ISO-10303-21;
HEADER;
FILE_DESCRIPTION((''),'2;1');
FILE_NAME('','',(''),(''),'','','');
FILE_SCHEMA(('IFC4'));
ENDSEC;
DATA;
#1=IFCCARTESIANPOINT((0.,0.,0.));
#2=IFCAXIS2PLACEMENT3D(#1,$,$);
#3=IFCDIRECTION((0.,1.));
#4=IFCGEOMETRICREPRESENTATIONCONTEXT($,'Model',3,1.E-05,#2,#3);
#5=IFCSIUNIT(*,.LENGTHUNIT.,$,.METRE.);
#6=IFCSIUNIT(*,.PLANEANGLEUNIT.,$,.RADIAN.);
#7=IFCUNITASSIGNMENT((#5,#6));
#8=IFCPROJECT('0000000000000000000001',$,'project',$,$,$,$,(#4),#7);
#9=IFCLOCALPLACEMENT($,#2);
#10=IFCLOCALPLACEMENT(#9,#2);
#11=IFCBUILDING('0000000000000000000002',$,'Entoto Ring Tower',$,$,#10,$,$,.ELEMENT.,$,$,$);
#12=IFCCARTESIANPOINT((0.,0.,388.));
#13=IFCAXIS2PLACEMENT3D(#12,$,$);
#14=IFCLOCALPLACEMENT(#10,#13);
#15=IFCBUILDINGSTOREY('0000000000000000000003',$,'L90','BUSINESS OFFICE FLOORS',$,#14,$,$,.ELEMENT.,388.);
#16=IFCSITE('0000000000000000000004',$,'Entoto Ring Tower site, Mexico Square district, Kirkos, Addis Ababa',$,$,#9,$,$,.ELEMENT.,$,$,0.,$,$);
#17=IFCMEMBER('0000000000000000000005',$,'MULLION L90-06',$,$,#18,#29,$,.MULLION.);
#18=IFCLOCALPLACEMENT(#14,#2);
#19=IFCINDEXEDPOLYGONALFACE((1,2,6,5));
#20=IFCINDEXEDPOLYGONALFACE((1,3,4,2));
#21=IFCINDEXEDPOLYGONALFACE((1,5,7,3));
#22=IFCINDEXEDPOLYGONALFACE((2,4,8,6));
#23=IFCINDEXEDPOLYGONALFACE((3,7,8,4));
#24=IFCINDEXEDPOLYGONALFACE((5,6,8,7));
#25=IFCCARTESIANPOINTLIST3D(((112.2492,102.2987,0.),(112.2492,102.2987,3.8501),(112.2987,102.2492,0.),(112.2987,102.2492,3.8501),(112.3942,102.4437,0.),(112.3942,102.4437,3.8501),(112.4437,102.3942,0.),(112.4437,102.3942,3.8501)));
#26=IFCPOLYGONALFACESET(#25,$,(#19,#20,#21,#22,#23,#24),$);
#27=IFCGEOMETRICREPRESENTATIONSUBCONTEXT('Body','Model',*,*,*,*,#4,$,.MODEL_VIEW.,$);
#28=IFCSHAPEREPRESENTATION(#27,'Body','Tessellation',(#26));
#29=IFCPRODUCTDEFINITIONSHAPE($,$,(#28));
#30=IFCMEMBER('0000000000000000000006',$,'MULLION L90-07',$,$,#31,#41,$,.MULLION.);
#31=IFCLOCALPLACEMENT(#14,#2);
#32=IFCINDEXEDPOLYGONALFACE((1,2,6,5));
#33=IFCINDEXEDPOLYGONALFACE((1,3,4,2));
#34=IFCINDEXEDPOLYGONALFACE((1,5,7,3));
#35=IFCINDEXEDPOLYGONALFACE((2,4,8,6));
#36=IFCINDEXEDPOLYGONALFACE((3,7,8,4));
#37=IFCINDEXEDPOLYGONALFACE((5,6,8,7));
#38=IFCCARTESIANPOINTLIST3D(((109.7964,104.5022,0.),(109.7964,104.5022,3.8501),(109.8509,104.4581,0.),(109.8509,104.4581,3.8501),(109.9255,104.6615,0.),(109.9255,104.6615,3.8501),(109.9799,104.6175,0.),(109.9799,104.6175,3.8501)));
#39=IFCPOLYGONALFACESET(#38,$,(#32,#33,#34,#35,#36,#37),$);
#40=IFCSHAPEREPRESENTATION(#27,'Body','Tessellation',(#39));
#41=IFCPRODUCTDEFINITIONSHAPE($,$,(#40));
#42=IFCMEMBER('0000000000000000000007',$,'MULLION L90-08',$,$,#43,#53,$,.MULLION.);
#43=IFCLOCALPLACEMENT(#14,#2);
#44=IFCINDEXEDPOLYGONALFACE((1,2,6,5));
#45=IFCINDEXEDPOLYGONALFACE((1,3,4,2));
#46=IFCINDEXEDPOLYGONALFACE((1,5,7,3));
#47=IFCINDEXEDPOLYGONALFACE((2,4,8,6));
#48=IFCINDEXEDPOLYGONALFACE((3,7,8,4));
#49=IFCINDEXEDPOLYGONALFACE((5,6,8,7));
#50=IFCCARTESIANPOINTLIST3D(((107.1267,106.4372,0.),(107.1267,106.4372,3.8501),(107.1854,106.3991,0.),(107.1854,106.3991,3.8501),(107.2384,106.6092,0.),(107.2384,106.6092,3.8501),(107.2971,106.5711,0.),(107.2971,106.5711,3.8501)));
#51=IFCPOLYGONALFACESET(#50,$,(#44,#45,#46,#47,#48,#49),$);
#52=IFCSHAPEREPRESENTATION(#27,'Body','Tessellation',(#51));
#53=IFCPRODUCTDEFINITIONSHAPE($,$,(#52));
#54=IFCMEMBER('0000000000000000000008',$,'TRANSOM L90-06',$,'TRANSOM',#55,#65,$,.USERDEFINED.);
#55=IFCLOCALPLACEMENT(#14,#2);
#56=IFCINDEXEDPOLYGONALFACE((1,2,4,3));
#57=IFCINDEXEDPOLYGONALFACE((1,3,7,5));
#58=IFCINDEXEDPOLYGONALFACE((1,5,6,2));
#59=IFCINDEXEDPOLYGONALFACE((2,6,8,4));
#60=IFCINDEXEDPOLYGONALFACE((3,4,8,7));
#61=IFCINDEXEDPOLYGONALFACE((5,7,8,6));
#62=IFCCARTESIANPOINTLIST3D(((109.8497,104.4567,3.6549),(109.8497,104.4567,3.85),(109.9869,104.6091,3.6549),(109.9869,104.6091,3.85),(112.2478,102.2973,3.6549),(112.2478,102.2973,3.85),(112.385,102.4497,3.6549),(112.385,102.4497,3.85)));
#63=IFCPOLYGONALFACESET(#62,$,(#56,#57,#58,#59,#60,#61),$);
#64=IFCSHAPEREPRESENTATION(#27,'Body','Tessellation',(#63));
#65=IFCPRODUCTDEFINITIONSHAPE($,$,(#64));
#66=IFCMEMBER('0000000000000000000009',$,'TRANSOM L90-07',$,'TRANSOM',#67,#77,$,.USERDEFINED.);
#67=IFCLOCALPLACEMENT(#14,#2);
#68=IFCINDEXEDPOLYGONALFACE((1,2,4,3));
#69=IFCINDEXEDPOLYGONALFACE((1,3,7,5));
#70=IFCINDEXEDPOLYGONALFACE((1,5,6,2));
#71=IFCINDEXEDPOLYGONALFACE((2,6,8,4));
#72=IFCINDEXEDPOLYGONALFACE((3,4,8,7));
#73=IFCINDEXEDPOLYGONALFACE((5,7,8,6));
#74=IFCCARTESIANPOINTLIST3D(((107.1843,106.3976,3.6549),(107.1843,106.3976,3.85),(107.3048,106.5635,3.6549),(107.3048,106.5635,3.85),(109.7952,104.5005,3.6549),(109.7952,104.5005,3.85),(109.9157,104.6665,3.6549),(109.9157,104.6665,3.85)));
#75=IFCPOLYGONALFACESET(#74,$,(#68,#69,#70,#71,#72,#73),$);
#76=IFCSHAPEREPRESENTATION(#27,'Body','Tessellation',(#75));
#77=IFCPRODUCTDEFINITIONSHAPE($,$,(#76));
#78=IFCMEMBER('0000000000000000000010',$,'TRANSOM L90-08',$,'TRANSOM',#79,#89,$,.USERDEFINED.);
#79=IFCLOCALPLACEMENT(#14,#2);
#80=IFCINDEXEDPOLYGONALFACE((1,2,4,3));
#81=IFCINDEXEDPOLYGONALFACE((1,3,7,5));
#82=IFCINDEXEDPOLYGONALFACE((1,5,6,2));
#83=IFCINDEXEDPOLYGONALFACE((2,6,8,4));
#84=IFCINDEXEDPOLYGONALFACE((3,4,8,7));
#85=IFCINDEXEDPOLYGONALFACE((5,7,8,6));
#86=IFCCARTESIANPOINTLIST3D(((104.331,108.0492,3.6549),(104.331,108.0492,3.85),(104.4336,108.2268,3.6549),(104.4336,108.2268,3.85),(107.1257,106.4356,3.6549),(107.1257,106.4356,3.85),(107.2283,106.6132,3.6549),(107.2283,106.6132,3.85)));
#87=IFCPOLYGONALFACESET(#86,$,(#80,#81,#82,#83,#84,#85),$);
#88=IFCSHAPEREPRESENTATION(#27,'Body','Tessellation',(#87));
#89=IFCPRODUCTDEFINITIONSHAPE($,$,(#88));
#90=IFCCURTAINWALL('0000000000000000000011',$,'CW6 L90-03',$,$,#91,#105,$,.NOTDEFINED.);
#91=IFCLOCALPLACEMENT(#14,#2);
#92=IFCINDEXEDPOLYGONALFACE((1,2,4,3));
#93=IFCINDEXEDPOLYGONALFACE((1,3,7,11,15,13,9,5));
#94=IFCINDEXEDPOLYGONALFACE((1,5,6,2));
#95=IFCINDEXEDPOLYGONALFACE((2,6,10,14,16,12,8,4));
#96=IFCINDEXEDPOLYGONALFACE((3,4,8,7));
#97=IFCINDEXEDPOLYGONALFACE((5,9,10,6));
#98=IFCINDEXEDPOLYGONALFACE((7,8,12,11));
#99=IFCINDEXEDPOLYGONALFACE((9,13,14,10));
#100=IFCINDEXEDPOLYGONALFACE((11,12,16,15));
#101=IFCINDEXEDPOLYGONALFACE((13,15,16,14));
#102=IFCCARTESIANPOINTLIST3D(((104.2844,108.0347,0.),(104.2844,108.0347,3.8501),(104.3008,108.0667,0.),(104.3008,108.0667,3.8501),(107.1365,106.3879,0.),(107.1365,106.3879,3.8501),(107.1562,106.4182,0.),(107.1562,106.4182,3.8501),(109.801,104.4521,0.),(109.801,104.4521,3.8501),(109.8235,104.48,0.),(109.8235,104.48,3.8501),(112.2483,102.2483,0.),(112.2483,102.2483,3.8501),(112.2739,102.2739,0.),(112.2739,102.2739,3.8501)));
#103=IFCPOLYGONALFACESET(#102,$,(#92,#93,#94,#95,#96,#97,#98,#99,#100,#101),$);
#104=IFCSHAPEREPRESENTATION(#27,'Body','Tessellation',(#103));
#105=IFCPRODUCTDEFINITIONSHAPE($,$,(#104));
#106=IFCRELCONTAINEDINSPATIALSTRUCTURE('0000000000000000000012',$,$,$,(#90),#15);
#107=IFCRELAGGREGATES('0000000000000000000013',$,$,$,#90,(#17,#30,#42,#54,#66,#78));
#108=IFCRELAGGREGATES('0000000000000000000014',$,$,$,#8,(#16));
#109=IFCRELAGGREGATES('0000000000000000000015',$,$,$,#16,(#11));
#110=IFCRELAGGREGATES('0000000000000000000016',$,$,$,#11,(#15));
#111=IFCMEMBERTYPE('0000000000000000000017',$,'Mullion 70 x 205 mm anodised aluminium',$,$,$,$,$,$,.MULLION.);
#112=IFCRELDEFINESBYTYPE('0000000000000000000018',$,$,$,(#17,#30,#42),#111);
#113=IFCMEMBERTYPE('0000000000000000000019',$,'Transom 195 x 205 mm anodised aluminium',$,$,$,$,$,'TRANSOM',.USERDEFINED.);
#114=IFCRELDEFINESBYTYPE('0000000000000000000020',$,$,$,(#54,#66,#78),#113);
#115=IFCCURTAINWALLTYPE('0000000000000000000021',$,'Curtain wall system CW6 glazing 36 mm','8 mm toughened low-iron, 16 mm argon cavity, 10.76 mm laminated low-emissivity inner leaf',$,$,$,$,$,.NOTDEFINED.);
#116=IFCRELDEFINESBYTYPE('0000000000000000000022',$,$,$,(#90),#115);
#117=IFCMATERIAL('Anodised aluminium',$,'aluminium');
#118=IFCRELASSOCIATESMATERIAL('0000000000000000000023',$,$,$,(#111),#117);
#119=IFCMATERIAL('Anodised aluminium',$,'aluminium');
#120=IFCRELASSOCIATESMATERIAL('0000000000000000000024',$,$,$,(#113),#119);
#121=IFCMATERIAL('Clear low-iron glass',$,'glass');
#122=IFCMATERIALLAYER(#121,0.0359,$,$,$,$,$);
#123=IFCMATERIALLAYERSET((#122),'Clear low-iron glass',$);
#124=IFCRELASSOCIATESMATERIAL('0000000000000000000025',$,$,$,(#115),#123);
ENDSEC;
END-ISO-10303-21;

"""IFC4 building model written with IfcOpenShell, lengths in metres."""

from ifc_helpers import new_model, si_unit, direction, frame, origin, origin_2d, place, context, subcontext, project, spatial, polyline, rectangle, outline, extrude, material, layer, layer_set, material_profile, profile_set, type_object, element, aggregate, save


model = new_model("IFC4")

# Units and contexts
model_context = context("Model", 3, precision=1e-05, world=origin(), true_north=direction((0.0, 1.0)))
body_context = subcontext(model_context, "Body", "Model", "MODEL_VIEW")
ifc_project = project(units=[si_unit("LENGTHUNIT", "METRE"), si_unit("PLANEANGLEUNIT", "RADIAN")], contexts=[model_context])

# Members
ifc_material_1 = material(Name="Anodised aluminium", Category="aluminium")
ifc_material_profile_1 = material_profile(ifc_material_1, rectangle(XDim=0.0701, YDim=0.2051, at=origin_2d()), Name="Mullion 70 x 205 mm anodised aluminium")
ifc_profile_set_1 = profile_set([ifc_material_profile_1], Name="Anodised aluminium")
member_type_1 = type_object("IfcMemberType", Name="Mullion 70 x 205 mm anodised aluminium", PredefinedType="MULLION", material=ifc_profile_set_1)
site_placement = place(None, origin())
building_placement = place(site_placement, origin())
storey_placement = place(building_placement, frame((0.0, 0.0, 388.0)))
member_1_placement = place(storey_placement, frame((112.3464, 102.3464, 0.0), z_axis=(0.0, 0.0, 1.0), x_axis=(-0.707107, 0.707107, 0.0)))
member_1 = element("IfcMember", 1, at=member_1_placement, type_object=member_type_1, Name="MULLION L90-06", PredefinedType="MULLION", context=body_context, shape_type="SweptSolid", body=[
    extrude(rectangle(XDim=0.0701, YDim=0.2051, at=origin_2d()), origin(), (0.0, 0.0, 1.0), 3.8501),
])
member_2_placement = place(storey_placement, frame((109.8882, 104.5598, 0.0), z_axis=(0.0, 0.0, 1.0), x_axis=(-0.777146, 0.62932, 0.0)))
member_2 = element("IfcMember", 2, at=member_2_placement, type_object=member_type_1, Name="MULLION L90-07", PredefinedType="MULLION", context=body_context, shape_type="SweptSolid", body=[
    extrude(rectangle(XDim=0.0701, YDim=0.2051, at=origin_2d()), origin(), (0.0, 0.0, 1.0), 3.8501),
])
member_3_placement = place(storey_placement, frame((107.2119, 106.5042, 0.0), z_axis=(0.0, 0.0, 1.0), x_axis=(-0.838671, 0.544639, 0.0)))
member_3 = element("IfcMember", 3, at=member_3_placement, type_object=member_type_1, Name="MULLION L90-08", PredefinedType="MULLION", context=body_context, shape_type="SweptSolid", body=[
    extrude(rectangle(XDim=0.0701, YDim=0.2051, at=origin_2d()), origin(), (0.0, 0.0, 1.0), 3.8501),
])
ifc_material_2 = material(Name="Anodised aluminium", Category="aluminium")
ifc_material_profile_2 = material_profile(ifc_material_2, rectangle(XDim=0.2051, YDim=0.1951, at=origin_2d()), Name="Transom 195 x 205 mm anodised aluminium")
ifc_profile_set_2 = profile_set([ifc_material_profile_2], Name="Anodised aluminium")
member_type_2 = type_object("IfcMemberType", Name="Transom 195 x 205 mm anodised aluminium", ElementType="TRANSOM", PredefinedType="USERDEFINED", material=ifc_profile_set_2)
member_4_placement = place(storey_placement, frame((112.3164, 102.3735, 3.7524), z_axis=(-0.743132, 0.669144, 0.0), x_axis=(-0.669144, -0.743132, 0.0)))
member_4 = element("IfcMember", 4, at=member_4_placement, type_object=member_type_2, Name="TRANSOM L90-06", ObjectType="TRANSOM", PredefinedType="USERDEFINED", context=body_context, shape_type="SweptSolid", body=[
    extrude(rectangle(XDim=0.2051, YDim=0.1951, at=origin_2d()), origin(), (0.0, 0.0, 1.0), 3.2271),
])
member_5_placement = place(storey_placement, frame((109.8555, 104.5835, 3.7524), z_axis=(-0.809004, 0.587803, 0.0), x_axis=(-0.587803, -0.809004, 0.0)))
member_5 = element("IfcMember", 5, at=member_5_placement, type_object=member_type_2, Name="TRANSOM L90-07", ObjectType="TRANSOM", PredefinedType="USERDEFINED", context=body_context, shape_type="SweptSolid", body=[
    extrude(rectangle(XDim=0.2051, YDim=0.1951, at=origin_2d()), origin(), (0.0, 0.0, 1.0), 3.2273),
])
member_6_placement = place(storey_placement, frame((107.177, 106.5244, 3.7524), z_axis=(-0.866023, 0.500004, 0.0), x_axis=(-0.500004, -0.866023, 0.0)))
member_6 = element("IfcMember", 6, at=member_6_placement, type_object=member_type_2, Name="TRANSOM L90-08", ObjectType="TRANSOM", PredefinedType="USERDEFINED", context=body_context, shape_type="SweptSolid", body=[
    extrude(rectangle(XDim=0.2051, YDim=0.1951, at=origin_2d()), origin(), (0.0, 0.0, 1.0), 3.2271),
])

# Site, building, storey
site = spatial("IfcSite", under=ifc_project, at=site_placement, Name="Entoto Ring Tower site, Mexico Square district, Kirkos, Addis Ababa", CompositionType="ELEMENT", RefElevation=0.0)
building = spatial("IfcBuilding", under=site, at=building_placement, Name="Entoto Ring Tower", CompositionType="ELEMENT")
storey = spatial("IfcBuildingStorey", under=building, at=storey_placement, Name="L90", Description="BUSINESS OFFICE FLOORS", CompositionType="ELEMENT", Elevation=388.0)

# Curtain wall
ifc_material_3 = material(Name="Clear low-iron glass", Category="glass")
ifc_layer = layer(ifc_material_3, 0.0359)
ifc_layer_set = layer_set([ifc_layer], Name="Clear low-iron glass")
curtain_wall_type = type_object("IfcCurtainWallType", Name="Curtain wall system CW6 glazing 36 mm", Description="8 mm toughened low-iron, 16 mm argon cavity, 10.76 mm laminated low-emissivity inner leaf", PredefinedType="NOTDEFINED", material=ifc_layer_set)
curtain_wall_1_placement = place(storey_placement, origin())
curtain_wall_1 = element("IfcCurtainWall", 7, at=curtain_wall_1_placement, inside=storey, type_object=curtain_wall_type, Name="CW6 L90-03", PredefinedType="NOTDEFINED", context=body_context, shape_type="SweptSolid", body=[
    extrude(outline(polyline([(112.2739, 102.2739), (109.8235, 104.48), (107.1562, 106.4182), (104.3008, 108.0667), (104.2844, 108.0347), (107.1365, 106.3879), (109.801, 104.4521), (112.2483, 102.2483), (112.2739, 102.2739)])), origin(), (0.0, 0.0, 1.0), 3.8501),
])
aggregate(curtain_wall_1, [member_1, member_2, member_3, member_4, member_5, member_6])

save(model, "model.ifc")
